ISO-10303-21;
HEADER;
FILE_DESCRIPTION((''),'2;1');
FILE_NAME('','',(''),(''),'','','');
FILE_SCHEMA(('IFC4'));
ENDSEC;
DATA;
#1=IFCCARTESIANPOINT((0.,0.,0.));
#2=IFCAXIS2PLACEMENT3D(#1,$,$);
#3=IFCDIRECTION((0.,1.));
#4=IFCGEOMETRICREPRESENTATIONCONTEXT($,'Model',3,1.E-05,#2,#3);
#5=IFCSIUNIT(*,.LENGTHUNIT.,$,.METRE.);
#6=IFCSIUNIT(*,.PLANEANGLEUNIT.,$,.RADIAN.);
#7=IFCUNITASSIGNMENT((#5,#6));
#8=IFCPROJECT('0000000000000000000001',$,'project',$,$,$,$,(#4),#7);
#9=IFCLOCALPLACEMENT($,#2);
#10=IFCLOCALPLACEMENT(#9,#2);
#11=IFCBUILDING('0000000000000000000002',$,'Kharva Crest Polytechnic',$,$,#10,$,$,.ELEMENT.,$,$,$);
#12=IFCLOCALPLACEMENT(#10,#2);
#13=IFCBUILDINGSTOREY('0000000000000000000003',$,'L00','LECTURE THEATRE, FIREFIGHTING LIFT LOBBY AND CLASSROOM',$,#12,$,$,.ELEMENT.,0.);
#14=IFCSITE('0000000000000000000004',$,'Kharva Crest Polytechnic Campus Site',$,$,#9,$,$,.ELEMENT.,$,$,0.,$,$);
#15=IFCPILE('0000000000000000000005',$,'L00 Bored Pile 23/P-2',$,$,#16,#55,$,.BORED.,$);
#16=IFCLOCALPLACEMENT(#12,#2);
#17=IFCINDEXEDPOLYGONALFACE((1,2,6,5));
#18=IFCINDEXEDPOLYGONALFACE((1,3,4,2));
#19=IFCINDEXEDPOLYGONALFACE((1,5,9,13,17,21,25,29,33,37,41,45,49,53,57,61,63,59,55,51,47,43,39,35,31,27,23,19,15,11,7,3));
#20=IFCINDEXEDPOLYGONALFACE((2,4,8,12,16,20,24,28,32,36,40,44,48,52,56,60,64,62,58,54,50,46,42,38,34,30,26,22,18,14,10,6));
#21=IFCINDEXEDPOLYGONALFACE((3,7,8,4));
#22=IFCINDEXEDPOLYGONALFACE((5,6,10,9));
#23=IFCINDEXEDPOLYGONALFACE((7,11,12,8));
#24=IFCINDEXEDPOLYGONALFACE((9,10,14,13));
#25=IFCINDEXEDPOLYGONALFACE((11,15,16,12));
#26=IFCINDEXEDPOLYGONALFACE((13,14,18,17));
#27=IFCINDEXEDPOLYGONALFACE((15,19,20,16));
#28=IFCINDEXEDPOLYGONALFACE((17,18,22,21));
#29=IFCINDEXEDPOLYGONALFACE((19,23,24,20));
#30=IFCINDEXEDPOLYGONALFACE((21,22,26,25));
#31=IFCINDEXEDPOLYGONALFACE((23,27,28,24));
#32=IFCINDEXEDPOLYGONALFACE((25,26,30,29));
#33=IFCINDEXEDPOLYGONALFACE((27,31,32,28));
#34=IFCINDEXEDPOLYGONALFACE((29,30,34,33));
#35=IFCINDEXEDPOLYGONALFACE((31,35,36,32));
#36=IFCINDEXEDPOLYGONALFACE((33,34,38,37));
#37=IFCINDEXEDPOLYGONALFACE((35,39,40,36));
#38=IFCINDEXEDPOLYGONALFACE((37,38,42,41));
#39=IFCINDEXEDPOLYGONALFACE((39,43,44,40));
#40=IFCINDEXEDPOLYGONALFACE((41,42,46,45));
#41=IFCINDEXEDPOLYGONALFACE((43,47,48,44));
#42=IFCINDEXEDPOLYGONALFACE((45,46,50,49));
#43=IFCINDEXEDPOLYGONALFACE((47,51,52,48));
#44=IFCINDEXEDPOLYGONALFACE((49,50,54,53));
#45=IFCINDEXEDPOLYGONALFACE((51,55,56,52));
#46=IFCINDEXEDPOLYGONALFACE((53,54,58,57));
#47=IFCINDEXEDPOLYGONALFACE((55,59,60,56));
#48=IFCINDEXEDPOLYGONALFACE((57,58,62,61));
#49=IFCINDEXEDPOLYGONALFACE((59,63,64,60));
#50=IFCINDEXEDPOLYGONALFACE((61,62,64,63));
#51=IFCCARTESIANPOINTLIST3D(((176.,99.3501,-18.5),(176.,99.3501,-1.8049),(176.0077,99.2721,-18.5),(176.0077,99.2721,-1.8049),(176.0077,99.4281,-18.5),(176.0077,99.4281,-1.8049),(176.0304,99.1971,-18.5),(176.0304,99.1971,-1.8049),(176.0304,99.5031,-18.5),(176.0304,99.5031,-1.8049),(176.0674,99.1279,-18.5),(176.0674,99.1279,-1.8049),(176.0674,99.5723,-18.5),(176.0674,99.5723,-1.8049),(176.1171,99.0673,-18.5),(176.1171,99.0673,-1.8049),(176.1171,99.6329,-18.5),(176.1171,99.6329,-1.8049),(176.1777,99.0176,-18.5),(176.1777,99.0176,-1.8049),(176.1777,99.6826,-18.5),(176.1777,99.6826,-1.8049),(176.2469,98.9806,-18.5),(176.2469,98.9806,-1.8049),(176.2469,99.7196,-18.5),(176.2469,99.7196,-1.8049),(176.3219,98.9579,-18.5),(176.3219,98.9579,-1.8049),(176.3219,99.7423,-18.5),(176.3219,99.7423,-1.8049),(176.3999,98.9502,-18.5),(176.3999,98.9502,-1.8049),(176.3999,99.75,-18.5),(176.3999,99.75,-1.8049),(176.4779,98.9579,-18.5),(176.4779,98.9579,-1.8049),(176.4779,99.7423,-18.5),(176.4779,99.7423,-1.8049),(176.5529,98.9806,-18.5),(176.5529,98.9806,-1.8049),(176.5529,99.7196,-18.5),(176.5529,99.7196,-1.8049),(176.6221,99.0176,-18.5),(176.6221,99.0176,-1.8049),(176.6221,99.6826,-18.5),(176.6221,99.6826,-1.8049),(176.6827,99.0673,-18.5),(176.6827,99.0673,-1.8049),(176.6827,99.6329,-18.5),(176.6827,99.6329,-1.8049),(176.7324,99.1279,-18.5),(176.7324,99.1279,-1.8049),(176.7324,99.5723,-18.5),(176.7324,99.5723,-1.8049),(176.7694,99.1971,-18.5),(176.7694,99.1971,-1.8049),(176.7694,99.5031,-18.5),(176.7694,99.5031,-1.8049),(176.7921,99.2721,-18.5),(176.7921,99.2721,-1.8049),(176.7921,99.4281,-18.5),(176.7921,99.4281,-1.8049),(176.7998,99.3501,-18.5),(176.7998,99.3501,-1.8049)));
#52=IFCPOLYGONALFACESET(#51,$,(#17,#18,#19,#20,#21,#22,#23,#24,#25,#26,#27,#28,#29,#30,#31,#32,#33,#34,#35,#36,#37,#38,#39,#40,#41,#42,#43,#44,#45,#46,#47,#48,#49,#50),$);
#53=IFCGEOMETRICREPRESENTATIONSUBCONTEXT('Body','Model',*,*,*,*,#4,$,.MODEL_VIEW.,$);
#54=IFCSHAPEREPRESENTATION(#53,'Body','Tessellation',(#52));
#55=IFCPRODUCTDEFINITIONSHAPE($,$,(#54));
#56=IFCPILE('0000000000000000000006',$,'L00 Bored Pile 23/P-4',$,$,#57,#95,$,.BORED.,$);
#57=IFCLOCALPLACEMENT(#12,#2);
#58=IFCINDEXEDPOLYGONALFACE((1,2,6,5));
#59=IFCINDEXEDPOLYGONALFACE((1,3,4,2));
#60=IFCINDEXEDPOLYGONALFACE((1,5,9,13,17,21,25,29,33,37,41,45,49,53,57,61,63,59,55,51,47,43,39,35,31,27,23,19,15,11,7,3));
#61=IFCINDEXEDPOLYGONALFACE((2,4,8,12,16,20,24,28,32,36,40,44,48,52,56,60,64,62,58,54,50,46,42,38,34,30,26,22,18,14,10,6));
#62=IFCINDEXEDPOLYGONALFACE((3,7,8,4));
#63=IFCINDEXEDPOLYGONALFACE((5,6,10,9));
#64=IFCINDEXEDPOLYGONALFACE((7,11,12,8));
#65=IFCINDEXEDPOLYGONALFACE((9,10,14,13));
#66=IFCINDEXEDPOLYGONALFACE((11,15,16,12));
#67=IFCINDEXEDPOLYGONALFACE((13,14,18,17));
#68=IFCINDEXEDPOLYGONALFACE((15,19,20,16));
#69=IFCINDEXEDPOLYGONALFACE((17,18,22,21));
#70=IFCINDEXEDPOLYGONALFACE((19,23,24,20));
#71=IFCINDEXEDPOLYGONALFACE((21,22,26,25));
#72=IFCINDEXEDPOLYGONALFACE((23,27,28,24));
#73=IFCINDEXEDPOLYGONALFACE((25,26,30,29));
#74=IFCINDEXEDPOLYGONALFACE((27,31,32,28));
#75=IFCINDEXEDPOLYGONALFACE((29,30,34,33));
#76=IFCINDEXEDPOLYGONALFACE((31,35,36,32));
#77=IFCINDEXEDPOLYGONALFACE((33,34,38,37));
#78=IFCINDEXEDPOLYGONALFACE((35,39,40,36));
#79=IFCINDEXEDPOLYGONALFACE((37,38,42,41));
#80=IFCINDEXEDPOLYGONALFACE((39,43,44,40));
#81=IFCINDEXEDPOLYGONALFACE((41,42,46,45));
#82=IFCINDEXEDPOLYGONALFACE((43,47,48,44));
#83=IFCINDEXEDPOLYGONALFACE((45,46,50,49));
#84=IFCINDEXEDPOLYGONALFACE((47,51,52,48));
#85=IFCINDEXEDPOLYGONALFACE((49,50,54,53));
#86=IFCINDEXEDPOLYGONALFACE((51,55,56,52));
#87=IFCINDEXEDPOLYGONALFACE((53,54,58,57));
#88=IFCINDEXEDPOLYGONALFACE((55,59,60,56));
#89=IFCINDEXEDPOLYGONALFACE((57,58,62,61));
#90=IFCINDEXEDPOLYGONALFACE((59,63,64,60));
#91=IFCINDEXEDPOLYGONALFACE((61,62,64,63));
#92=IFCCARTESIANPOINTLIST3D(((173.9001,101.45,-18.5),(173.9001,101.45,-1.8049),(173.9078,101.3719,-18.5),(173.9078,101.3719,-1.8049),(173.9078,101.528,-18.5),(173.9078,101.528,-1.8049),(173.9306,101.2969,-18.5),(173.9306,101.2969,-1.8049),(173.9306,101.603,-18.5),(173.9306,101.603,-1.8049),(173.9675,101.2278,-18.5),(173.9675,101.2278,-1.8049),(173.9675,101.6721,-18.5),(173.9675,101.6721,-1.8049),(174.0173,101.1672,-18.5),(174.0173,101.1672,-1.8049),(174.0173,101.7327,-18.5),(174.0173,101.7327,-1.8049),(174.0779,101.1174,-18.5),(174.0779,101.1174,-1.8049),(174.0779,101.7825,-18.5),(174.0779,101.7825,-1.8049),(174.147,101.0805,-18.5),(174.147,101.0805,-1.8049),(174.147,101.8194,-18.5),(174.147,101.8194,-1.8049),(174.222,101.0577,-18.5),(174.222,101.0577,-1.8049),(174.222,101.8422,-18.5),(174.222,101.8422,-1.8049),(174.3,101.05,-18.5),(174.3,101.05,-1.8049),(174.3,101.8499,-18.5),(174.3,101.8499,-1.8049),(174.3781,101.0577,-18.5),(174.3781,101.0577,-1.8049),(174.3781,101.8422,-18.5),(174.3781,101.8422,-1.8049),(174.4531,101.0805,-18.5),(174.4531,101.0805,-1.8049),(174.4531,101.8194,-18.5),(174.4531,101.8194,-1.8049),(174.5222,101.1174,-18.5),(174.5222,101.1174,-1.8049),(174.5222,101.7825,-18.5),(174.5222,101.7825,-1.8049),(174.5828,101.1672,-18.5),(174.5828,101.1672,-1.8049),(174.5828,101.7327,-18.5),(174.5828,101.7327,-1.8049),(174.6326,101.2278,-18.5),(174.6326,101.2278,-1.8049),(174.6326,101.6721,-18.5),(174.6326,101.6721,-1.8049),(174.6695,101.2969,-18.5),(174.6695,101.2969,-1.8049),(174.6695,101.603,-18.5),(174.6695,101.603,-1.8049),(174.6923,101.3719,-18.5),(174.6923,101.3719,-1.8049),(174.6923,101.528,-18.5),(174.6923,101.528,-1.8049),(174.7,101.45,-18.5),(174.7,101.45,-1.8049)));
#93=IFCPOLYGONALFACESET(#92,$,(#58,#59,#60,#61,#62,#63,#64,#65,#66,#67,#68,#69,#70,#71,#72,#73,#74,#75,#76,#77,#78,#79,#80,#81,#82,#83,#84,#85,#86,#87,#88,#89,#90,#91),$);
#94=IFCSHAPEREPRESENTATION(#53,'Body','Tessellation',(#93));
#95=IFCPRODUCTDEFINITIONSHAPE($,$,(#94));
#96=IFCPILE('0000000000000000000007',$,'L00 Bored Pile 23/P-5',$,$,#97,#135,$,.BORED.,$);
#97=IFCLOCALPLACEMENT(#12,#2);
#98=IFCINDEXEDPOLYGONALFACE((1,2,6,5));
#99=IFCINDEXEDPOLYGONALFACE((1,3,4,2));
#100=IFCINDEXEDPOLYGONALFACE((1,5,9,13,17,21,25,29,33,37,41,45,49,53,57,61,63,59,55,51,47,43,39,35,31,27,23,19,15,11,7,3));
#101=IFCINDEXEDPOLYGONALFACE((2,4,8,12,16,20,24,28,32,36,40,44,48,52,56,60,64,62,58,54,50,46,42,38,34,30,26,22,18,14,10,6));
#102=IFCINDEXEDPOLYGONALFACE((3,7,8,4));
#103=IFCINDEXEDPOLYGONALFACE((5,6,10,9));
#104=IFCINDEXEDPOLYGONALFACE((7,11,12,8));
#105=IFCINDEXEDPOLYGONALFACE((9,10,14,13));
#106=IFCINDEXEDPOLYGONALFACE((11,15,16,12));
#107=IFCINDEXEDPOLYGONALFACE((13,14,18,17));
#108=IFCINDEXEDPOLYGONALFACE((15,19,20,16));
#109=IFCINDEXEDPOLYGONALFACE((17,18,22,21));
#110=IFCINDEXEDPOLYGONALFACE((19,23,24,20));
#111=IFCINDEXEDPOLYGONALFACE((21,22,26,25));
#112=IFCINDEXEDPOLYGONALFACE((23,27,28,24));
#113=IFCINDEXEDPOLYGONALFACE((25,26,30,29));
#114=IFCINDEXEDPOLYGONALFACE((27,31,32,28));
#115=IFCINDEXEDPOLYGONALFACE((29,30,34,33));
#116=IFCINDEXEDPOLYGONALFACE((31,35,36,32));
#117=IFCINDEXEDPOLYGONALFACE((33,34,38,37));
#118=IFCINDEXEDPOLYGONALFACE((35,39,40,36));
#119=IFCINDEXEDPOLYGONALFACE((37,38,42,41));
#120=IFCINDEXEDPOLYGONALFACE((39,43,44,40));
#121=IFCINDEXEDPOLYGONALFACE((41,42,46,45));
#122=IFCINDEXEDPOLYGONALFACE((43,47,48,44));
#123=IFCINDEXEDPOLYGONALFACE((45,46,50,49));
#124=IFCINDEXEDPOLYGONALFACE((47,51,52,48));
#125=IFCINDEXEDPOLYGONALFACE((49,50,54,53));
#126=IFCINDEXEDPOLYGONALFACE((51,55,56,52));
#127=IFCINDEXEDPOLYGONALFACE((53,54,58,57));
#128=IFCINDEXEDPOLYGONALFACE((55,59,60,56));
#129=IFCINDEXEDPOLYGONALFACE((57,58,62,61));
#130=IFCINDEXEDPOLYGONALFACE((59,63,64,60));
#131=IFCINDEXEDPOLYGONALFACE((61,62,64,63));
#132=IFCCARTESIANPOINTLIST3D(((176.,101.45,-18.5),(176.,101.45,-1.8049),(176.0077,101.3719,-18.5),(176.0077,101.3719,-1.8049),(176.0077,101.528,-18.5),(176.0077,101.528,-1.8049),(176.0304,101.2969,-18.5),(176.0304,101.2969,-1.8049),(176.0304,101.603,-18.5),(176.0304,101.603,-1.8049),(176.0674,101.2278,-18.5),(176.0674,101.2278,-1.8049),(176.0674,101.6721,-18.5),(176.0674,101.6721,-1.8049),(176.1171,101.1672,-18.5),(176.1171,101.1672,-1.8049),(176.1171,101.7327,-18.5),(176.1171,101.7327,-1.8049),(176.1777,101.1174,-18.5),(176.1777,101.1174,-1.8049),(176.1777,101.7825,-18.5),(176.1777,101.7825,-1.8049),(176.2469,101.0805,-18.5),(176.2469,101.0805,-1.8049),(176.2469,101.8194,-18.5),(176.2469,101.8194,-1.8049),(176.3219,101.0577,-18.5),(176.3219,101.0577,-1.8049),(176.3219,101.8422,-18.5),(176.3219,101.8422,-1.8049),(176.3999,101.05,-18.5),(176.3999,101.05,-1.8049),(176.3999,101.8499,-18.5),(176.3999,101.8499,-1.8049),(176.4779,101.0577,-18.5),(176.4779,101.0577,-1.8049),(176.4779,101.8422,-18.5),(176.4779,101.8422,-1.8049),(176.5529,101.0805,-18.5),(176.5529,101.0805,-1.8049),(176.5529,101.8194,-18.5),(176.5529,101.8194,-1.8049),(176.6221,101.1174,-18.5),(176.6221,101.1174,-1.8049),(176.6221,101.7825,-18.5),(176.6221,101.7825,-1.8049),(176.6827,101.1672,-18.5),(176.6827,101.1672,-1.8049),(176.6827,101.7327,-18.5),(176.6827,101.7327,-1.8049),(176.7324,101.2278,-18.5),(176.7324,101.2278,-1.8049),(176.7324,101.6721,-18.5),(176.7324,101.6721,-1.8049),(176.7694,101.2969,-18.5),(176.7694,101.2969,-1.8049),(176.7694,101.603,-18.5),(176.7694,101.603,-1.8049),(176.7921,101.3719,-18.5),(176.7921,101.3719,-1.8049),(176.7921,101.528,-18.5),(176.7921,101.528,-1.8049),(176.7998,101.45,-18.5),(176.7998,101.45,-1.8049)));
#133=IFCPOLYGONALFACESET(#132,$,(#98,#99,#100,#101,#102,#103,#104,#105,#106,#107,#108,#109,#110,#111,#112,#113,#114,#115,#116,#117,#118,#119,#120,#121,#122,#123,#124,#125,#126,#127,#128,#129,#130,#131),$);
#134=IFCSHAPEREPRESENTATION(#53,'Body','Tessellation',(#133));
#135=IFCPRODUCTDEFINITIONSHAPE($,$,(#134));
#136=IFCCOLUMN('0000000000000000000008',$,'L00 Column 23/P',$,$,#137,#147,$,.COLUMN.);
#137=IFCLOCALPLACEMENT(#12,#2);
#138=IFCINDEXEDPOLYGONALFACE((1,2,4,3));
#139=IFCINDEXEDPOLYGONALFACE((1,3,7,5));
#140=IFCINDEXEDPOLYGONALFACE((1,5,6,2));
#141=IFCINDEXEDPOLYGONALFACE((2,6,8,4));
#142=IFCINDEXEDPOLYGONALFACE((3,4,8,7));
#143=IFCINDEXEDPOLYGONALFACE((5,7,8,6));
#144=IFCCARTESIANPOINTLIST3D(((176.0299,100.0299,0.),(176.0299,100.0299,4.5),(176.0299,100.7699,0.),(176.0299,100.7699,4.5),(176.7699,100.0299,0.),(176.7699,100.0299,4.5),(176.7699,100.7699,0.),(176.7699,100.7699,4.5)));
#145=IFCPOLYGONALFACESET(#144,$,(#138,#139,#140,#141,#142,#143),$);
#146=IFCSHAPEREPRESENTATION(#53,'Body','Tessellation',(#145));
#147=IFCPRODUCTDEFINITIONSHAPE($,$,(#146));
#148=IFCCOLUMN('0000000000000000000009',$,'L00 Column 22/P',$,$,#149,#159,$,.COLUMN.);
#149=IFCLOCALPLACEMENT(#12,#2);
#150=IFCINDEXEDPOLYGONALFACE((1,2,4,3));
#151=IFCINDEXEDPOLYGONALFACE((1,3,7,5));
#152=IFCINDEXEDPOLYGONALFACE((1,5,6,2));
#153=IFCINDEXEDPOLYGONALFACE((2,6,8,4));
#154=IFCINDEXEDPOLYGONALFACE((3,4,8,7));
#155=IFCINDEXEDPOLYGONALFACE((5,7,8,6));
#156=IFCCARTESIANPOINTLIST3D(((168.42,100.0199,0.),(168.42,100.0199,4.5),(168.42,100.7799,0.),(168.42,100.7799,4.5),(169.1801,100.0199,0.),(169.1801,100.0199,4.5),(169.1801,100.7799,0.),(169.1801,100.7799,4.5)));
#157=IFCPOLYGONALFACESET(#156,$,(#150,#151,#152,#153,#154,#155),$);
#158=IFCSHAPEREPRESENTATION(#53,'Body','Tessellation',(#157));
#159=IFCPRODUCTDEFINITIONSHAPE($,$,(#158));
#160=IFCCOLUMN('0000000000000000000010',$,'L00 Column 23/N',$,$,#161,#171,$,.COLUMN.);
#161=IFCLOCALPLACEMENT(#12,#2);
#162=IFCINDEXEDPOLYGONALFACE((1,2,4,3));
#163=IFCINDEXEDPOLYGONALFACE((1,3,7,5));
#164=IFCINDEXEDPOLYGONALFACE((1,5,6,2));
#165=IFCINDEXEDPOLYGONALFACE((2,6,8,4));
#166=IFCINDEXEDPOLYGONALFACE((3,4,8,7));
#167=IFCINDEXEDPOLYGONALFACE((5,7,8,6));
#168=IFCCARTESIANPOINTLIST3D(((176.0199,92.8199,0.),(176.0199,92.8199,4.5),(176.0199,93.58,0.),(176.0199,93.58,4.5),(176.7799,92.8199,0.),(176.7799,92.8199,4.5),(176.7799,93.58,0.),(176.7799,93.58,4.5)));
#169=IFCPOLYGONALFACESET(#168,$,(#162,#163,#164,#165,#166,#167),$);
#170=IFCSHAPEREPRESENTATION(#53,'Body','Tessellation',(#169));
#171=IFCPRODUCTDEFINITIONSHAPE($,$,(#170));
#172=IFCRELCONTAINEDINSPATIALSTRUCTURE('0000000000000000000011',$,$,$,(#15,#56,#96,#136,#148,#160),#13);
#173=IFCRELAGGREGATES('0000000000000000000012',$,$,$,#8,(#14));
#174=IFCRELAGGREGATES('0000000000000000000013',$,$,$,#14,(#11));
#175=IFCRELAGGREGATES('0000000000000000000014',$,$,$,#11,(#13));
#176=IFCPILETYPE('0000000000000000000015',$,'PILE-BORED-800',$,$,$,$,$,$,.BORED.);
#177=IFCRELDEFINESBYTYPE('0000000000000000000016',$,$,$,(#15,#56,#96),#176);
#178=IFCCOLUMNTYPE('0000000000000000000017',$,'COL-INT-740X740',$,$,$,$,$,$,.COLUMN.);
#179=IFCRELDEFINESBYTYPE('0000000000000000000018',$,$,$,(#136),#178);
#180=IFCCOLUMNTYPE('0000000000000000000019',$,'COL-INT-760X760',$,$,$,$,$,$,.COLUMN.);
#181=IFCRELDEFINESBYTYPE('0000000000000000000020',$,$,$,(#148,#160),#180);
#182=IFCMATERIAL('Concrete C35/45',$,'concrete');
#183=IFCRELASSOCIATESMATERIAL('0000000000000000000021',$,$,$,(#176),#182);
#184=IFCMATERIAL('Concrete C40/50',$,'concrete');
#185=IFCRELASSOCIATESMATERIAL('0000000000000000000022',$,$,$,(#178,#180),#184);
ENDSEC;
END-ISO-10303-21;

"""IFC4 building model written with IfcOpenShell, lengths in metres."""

from ifc_helpers import new_model, si_unit, direction, frame, origin, origin_2d, place, context, subcontext, project, spatial, rectangle, circle, extrude, material, material_profile, profile_set, type_object, element, save


model = new_model("IFC4")

# Units and contexts
model_context = context("Model", 3, precision=1e-05, world=origin(), true_north=direction((0.0, 1.0)))
body_context = subcontext(model_context, "Body", "Model", "MODEL_VIEW")
ifc_project = project(units=[si_unit("LENGTHUNIT", "METRE"), si_unit("PLANEANGLEUNIT", "RADIAN")], contexts=[model_context])

# Site, building, storey
site_placement = place(None, origin())
site = spatial("IfcSite", under=ifc_project, at=site_placement, Name="Kharva Crest Polytechnic Campus Site", CompositionType="ELEMENT", RefElevation=0.0)
building_placement = place(site_placement, origin())
building = spatial("IfcBuilding", under=site, at=building_placement, Name="Kharva Crest Polytechnic", CompositionType="ELEMENT")
storey_placement = place(building_placement, origin())
storey = spatial("IfcBuildingStorey", under=building, at=storey_placement, Name="L00", Description="LECTURE THEATRE, FIREFIGHTING LIFT LOBBY AND CLASSROOM", CompositionType="ELEMENT", Elevation=0.0)

# Shared definitions
ifc_material_1 = material(Name="Concrete C35/45", Category="concrete")

# Piles
ifc_material_profile_1 = material_profile(ifc_material_1, circle(Radius=0.3999, at=origin_2d()), Name="DIA 800")
ifc_profile_set_1 = profile_set([ifc_material_profile_1], Name="Concrete C35/45")
pile_type_1 = type_object("IfcPileType", Name="PILE-BORED-800", PredefinedType="BORED", material=ifc_profile_set_1)
for number, where, z_axis, x_axis, name in (
    (1, (176.3999, 99.3501, -1.8049), (0.0, 0.0, -1.0), (1.0, 0.0, 0.0), "L00 Bored Pile 23/P-2"),
    (2, (174.3, 101.45, -1.8049), (0.0, 0.0, -1.0), (1.0, 0.0, 0.0), "L00 Bored Pile 23/P-4"),
    (3, (176.3999, 101.45, -1.8049), (0.0, 0.0, -1.0), (1.0, 0.0, 0.0), "L00 Bored Pile 23/P-5"),
):
    element("IfcPile", number, at=place(storey_placement, frame(where, z_axis=z_axis, x_axis=x_axis)), inside=storey, type_object=pile_type_1, Name=name, PredefinedType="BORED", context=body_context, shape_type="SweptSolid", body=[
        extrude(circle(Radius=0.3999, at=origin_2d()), origin(), (0.0, 0.0, 1.0), 16.6951),
    ])

# Columns
ifc_material_2 = material(Name="Concrete C40/50", Category="concrete")
ifc_material_profile_2 = material_profile(ifc_material_2, rectangle(XDim=0.74, YDim=0.74, at=origin_2d()), Name="RECT 740 X 740")
ifc_profile_set_2 = profile_set([ifc_material_profile_2], Name="Concrete C40/50")
column_type_1 = type_object("IfcColumnType", Name="COL-INT-740X740", PredefinedType="COLUMN", material=ifc_profile_set_2)
column_1_placement = place(storey_placement, frame((176.3999, 100.3999, 0.0), z_axis=(0.0, 0.0, 1.0), x_axis=(1.0, 0.0, 0.0)))
element("IfcColumn", 4, at=column_1_placement, inside=storey, type_object=column_type_1, Name="L00 Column 23/P", PredefinedType="COLUMN", context=body_context, shape_type="SweptSolid", body=[
    extrude(rectangle(XDim=0.74, YDim=0.74, at=origin_2d()), origin(), (0.0, 0.0, 1.0), 4.5),
])
ifc_material_profile_3 = material_profile(ifc_material_2, rectangle(XDim=0.76, YDim=0.76, at=origin_2d()), Name="RECT 760 X 760")
ifc_profile_set_3 = profile_set([ifc_material_profile_3], Name="Concrete C40/50")
column_type_2 = type_object("IfcColumnType", Name="COL-INT-760X760", PredefinedType="COLUMN", material=ifc_profile_set_3)
for number, where, z_axis, x_axis, name in (
    (5, (168.8, 100.3999, 0.0), (0.0, 0.0, 1.0), (1.0, 0.0, 0.0), "L00 Column 22/P"),
    (6, (176.3999, 93.2, 0.0), (0.0, 0.0, 1.0), (1.0, 0.0, 0.0), "L00 Column 23/N"),
):
    element("IfcColumn", number, at=place(storey_placement, frame(where, z_axis=z_axis, x_axis=x_axis)), inside=storey, type_object=column_type_2, Name=name, PredefinedType="COLUMN", context=body_context, shape_type="SweptSolid", body=[
        extrude(rectangle(XDim=0.76, YDim=0.76, at=origin_2d()), origin(), (0.0, 0.0, 1.0), 4.5),
    ])

save(model, "model.ifc")
